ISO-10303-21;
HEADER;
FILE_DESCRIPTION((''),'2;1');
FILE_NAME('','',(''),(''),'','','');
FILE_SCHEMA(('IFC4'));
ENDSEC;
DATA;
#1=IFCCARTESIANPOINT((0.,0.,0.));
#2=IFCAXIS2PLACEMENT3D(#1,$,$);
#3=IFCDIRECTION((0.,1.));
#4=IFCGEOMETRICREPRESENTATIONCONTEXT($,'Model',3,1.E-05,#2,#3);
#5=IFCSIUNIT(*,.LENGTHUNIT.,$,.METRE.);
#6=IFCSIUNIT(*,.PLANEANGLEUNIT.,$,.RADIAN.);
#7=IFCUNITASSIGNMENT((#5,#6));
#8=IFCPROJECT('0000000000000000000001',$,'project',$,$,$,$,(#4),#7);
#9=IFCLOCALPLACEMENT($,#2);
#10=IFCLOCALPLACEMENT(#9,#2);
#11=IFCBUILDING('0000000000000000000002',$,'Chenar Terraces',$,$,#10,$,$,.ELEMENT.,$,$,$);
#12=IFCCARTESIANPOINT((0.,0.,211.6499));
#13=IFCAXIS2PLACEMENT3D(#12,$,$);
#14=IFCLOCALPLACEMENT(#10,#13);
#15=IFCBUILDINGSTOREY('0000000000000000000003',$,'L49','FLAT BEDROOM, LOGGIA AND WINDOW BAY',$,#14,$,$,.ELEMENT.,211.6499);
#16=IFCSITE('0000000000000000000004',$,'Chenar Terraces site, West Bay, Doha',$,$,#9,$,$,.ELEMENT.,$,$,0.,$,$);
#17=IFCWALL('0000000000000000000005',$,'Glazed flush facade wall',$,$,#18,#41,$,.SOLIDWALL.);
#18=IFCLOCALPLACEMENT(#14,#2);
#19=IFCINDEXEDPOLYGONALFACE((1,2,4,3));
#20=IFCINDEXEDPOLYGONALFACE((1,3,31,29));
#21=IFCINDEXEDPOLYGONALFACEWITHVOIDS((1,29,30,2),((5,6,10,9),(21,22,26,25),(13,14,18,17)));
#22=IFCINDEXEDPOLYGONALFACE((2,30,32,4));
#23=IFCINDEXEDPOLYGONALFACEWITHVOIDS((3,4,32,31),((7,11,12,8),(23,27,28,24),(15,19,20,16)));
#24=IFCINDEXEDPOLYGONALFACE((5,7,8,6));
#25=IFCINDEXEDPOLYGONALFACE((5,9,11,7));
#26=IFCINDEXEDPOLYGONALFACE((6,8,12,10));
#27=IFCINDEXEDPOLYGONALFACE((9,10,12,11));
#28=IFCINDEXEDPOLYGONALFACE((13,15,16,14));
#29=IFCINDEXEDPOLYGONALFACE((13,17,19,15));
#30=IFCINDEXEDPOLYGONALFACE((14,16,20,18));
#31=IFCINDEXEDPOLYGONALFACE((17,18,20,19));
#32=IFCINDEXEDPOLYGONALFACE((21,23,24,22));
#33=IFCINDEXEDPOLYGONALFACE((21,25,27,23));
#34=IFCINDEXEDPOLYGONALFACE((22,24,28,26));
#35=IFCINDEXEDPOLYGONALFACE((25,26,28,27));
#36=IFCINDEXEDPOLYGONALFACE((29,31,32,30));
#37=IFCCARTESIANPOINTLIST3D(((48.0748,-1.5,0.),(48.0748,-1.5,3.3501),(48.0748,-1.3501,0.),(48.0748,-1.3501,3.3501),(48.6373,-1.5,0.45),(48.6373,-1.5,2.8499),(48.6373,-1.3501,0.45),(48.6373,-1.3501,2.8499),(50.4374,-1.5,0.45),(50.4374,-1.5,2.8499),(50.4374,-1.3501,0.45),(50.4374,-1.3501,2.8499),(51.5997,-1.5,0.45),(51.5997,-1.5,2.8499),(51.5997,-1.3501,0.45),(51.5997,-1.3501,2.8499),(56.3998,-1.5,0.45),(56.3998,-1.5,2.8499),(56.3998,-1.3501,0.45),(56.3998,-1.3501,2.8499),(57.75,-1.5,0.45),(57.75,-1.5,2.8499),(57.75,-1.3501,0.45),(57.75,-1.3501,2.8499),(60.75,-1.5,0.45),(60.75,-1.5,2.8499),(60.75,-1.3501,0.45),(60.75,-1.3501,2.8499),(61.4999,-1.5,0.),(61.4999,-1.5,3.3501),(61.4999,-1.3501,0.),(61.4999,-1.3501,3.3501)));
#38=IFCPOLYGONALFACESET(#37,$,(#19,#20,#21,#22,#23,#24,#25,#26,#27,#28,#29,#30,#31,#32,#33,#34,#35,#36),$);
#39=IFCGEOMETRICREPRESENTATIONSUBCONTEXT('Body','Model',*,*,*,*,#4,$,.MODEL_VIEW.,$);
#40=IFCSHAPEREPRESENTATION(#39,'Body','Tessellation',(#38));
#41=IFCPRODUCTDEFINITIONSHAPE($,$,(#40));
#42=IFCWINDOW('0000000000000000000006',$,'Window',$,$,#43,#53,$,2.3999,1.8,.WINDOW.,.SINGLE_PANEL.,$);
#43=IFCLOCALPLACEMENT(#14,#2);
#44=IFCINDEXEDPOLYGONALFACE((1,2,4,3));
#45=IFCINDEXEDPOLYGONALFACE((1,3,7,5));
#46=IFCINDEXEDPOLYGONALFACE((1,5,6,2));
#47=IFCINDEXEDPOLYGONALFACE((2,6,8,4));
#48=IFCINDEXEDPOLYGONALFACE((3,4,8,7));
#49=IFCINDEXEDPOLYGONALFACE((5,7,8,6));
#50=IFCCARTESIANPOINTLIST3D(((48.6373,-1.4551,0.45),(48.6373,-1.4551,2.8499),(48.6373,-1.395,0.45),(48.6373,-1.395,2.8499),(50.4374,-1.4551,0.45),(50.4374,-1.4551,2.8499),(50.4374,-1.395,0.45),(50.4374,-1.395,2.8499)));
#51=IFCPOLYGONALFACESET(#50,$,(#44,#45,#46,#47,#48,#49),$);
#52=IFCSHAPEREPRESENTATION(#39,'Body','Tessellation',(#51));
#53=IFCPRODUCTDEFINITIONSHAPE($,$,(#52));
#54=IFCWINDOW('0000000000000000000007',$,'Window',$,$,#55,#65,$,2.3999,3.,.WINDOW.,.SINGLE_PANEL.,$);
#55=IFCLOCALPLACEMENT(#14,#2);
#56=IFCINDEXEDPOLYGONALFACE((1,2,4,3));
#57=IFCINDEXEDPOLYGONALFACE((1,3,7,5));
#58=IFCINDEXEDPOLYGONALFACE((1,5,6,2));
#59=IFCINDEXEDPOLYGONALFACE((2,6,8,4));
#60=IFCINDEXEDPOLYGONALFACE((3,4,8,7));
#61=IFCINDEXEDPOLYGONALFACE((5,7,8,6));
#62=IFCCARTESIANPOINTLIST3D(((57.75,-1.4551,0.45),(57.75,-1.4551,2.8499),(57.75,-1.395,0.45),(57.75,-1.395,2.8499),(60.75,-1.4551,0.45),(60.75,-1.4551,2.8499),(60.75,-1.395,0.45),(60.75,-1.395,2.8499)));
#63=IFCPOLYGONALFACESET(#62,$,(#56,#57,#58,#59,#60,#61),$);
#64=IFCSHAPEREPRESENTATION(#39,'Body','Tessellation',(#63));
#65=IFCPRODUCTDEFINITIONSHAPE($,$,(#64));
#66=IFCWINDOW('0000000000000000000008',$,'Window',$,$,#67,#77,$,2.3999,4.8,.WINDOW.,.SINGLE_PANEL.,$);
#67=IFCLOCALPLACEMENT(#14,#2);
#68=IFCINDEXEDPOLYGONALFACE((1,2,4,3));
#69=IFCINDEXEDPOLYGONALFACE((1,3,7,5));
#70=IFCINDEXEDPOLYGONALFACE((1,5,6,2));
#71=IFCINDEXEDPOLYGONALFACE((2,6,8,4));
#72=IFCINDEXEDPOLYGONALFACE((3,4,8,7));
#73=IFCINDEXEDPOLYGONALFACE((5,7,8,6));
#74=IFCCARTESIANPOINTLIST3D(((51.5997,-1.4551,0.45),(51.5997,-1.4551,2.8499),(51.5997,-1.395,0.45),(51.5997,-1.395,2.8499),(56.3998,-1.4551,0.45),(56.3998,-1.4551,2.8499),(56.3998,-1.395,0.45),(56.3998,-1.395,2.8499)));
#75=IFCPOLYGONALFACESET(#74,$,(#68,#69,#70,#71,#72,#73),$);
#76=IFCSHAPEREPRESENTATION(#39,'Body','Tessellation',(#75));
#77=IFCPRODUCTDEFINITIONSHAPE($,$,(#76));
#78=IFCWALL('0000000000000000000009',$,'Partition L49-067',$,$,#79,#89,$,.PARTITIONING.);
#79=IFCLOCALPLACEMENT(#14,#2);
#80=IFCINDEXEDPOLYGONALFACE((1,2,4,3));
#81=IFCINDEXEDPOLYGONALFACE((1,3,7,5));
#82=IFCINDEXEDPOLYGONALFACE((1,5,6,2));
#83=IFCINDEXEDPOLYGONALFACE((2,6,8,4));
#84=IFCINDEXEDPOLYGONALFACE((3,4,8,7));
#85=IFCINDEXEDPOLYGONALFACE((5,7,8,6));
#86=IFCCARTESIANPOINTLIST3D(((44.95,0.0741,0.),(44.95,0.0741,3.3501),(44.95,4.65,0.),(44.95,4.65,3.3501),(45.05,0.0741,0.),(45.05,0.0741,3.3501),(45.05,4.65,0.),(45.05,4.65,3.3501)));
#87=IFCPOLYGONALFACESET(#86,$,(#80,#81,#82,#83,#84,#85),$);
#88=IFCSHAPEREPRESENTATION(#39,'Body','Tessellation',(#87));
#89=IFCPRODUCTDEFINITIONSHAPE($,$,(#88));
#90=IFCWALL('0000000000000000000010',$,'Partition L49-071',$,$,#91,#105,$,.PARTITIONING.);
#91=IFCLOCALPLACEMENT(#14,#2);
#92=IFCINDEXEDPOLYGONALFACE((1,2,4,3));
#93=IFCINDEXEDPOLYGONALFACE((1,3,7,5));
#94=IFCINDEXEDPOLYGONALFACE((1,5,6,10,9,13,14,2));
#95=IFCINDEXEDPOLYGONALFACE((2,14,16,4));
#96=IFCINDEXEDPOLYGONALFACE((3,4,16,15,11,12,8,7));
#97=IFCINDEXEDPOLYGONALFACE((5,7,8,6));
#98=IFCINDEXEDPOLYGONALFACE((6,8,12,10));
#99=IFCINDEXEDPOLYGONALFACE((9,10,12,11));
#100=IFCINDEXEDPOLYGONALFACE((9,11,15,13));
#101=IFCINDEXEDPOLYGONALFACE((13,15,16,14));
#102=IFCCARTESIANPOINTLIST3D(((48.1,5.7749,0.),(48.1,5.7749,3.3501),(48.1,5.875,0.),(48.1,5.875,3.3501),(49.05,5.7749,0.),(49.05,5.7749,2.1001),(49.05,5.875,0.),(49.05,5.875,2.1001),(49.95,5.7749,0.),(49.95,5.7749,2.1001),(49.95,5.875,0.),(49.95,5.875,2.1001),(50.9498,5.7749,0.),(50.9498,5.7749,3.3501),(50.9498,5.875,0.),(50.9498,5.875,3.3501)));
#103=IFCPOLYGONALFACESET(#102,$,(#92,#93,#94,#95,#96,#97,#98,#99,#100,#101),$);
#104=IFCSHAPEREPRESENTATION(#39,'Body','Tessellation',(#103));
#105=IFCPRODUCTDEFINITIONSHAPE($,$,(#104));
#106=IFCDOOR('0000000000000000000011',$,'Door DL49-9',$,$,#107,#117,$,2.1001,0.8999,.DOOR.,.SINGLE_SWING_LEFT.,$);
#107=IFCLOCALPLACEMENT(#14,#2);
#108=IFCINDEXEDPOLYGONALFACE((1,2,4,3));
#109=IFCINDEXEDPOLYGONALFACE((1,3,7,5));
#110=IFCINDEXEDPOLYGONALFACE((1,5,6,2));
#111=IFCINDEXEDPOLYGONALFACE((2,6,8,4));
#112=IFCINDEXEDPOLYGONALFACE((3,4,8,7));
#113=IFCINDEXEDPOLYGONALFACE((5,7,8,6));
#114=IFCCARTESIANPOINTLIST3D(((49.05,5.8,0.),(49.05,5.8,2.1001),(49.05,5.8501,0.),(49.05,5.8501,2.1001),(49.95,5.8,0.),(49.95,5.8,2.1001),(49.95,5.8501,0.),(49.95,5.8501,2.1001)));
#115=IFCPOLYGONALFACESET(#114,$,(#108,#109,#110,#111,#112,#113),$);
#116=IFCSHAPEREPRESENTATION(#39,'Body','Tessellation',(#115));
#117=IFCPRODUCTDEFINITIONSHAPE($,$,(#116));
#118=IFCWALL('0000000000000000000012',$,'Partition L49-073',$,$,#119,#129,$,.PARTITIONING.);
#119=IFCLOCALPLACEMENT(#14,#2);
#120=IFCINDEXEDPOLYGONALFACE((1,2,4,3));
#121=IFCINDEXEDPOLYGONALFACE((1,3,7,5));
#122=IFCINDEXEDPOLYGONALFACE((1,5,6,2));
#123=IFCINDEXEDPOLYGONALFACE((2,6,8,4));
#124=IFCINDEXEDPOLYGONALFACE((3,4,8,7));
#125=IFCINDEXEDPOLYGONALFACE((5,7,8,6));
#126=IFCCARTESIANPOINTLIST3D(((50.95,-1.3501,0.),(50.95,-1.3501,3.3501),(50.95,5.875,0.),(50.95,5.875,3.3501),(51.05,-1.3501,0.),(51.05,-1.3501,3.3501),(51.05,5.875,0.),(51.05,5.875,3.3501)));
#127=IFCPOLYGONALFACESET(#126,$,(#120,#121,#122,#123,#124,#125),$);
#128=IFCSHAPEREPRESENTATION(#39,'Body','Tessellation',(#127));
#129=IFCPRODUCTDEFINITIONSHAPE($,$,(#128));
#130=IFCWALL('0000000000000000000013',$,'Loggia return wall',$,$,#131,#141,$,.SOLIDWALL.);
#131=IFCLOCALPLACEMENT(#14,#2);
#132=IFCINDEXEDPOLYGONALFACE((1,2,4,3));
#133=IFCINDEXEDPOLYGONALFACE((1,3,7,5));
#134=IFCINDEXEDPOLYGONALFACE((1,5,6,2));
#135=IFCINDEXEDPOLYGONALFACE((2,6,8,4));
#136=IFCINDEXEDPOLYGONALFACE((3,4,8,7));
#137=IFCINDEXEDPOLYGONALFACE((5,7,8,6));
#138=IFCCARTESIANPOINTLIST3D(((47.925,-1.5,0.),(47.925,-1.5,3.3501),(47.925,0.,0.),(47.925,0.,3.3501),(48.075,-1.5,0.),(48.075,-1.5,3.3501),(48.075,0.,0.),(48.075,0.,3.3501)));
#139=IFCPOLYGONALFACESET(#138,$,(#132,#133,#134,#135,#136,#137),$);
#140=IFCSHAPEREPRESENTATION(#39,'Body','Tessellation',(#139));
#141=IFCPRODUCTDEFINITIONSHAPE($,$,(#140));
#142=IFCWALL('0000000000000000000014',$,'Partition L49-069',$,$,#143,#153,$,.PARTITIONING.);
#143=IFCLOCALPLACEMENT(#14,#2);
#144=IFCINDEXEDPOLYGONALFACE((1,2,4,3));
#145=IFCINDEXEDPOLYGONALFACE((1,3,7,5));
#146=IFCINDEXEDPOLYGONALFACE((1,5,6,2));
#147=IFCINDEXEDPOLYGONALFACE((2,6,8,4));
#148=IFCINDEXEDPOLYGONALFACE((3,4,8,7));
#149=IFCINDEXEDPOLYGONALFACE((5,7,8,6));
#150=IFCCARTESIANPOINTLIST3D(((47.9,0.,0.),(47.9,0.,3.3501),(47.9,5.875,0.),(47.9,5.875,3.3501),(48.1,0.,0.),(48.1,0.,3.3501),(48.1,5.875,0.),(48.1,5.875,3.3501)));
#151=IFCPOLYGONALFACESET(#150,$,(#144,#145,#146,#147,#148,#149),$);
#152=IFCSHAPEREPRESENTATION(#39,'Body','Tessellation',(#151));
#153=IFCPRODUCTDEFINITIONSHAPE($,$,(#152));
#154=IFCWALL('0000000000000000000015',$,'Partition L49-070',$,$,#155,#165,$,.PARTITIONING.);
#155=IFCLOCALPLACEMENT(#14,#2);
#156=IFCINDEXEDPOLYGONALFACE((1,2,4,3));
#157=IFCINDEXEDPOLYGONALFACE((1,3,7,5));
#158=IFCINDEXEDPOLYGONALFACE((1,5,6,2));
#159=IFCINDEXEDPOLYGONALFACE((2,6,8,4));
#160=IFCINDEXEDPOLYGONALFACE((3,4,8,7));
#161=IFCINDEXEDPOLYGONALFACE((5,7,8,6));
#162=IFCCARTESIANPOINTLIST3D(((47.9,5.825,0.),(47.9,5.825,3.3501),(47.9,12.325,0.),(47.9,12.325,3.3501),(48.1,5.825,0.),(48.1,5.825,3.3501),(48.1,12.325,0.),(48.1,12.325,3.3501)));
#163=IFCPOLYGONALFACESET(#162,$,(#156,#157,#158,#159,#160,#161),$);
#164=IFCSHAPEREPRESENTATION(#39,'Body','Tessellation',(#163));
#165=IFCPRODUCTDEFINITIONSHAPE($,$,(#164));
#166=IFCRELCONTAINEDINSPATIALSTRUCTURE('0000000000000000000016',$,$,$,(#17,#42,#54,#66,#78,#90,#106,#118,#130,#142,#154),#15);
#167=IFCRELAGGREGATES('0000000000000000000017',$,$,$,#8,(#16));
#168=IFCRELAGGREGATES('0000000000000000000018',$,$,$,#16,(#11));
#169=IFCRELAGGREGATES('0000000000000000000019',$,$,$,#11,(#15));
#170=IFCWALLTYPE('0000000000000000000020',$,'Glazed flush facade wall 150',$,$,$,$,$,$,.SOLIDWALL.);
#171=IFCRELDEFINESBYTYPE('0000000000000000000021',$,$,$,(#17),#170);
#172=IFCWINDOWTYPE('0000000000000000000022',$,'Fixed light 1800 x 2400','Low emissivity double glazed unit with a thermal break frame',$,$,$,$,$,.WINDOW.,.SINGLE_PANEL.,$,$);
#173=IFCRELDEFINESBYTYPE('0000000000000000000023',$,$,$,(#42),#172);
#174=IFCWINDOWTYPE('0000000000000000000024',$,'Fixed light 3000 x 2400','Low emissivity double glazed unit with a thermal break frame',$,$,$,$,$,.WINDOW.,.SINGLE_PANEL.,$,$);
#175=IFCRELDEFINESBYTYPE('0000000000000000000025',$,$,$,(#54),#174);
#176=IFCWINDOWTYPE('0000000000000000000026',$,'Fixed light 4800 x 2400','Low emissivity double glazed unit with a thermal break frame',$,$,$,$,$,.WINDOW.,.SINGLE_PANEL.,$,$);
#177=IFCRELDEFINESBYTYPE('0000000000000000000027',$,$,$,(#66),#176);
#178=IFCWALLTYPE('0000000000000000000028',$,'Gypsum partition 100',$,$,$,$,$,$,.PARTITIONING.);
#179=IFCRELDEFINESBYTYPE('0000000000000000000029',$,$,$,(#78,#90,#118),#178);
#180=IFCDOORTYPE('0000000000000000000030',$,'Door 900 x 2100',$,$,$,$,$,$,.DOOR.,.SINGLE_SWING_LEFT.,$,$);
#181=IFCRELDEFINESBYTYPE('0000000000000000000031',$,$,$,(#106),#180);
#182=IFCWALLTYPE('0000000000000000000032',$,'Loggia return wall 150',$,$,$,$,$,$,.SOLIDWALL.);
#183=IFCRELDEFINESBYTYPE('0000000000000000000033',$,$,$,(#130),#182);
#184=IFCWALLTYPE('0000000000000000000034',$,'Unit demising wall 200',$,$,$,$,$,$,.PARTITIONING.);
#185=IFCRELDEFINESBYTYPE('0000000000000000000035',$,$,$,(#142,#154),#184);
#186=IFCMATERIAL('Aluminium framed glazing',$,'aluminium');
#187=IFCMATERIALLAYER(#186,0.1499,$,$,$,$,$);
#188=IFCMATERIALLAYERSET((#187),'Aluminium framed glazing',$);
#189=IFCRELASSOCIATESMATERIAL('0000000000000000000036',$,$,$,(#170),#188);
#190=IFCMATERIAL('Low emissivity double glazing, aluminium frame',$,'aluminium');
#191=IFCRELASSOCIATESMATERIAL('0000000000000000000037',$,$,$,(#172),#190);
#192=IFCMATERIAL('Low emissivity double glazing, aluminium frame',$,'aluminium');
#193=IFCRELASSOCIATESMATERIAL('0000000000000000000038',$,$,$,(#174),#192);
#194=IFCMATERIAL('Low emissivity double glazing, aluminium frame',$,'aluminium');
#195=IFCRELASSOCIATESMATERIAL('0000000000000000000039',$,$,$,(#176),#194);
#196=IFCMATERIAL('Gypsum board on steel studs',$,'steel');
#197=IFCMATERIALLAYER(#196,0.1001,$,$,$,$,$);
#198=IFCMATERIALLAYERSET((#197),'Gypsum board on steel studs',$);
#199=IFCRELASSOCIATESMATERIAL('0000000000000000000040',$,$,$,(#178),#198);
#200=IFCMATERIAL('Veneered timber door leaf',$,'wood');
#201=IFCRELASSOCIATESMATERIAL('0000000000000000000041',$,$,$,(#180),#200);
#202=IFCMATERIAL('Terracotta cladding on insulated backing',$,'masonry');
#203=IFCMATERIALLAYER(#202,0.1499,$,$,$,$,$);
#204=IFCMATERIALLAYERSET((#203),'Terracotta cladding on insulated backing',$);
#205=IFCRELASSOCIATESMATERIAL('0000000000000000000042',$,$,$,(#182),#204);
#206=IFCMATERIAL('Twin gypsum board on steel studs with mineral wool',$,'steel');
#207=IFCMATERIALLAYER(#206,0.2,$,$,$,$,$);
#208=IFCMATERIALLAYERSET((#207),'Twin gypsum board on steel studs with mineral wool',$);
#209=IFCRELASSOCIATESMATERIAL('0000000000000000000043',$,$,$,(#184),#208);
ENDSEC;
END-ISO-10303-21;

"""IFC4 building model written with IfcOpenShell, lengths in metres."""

from ifc_helpers import new_model, si_unit, direction, frame, frame_2d, origin, place, context, subcontext, project, spatial, rectangle, extrude, material, layer, layer_set, type_object, element, fill, save


model = new_model("IFC4")

# Units and contexts
model_context = context("Model", 3, precision=1e-05, world=origin(), true_north=direction((0.0, 1.0)))
body_context = subcontext(model_context, "Body", "Model", "MODEL_VIEW")
ifc_project = project(units=[si_unit("LENGTHUNIT", "METRE"), si_unit("PLANEANGLEUNIT", "RADIAN")], contexts=[model_context])

# Site, building, storey
site_placement = place(None, origin())
site = spatial("IfcSite", under=ifc_project, at=site_placement, Name="Chenar Terraces site, West Bay, Doha", CompositionType="ELEMENT", RefElevation=0.0)
building_placement = place(site_placement, origin())
building = spatial("IfcBuilding", under=site, at=building_placement, Name="Chenar Terraces", CompositionType="ELEMENT")
storey_placement = place(building_placement, frame((0.0, 0.0, 211.6499)))
storey = spatial("IfcBuildingStorey", under=building, at=storey_placement, Name="L49", Description="FLAT BEDROOM, LOGGIA AND WINDOW BAY", CompositionType="ELEMENT", Elevation=211.6499)

# Wall, openings, windows
ifc_material_1 = material(Name="Aluminium framed glazing", Category="aluminium")
ifc_layer_1 = layer(ifc_material_1, 0.1499)
ifc_layer_set_1 = layer_set([ifc_layer_1], Name="Aluminium framed glazing")
wall_type_1 = type_object("IfcWallType", Name="Glazed flush facade wall 150", PredefinedType="SOLIDWALL", material=ifc_layer_set_1)
wall_1_placement = place(storey_placement, frame((48.075, -1.425, 0.0), z_axis=(0.0, 0.0, 1.0), x_axis=(1.0, 0.0, 0.0)))
wall_1 = element("IfcWall", 1, at=wall_1_placement, inside=storey, type_object=wall_type_1, Name="Glazed flush facade wall", PredefinedType="SOLIDWALL", context=body_context, shape_type="SweptSolid", body=[
    extrude(rectangle(XDim=13.425, YDim=0.1499, at=frame_2d((6.7124, 0.0))), origin(), (0.0, 0.0, 1.0), 3.3501),
])
opening_1_placement = place(wall_1_placement, frame((0.5625, 0.0, 0.45)))
opening_1 = element("IfcOpeningElement", 2, at=opening_1_placement, cuts=wall_1, PredefinedType="OPENING", context=body_context, shape_type="SweptSolid", body=[
    extrude(rectangle(XDim=1.8, YDim=2.3999, at=frame_2d((0.8999, 1.2))), frame((0.0, 0.085, 0.0), z_axis=(0.0, -1.0, 0.0), x_axis=(1.0, 0.0, 0.0)), (0.0, 0.0, 1.0), 0.1699),
])
opening_2_placement = place(wall_1_placement, frame((3.5249, 0.0, 0.45)))
opening_2 = element("IfcOpeningElement", 3, at=opening_2_placement, cuts=wall_1, PredefinedType="OPENING", context=body_context, shape_type="SweptSolid", body=[
    extrude(rectangle(XDim=4.8, YDim=2.3999, at=frame_2d((2.3999, 1.2))), frame((0.0, 0.085, 0.0), z_axis=(0.0, -1.0, 0.0), x_axis=(1.0, 0.0, 0.0)), (0.0, 0.0, 1.0), 0.1699),
])
opening_3_placement = place(wall_1_placement, frame((9.675, 0.0, 0.45)))
opening_3 = element("IfcOpeningElement", 4, at=opening_3_placement, cuts=wall_1, PredefinedType="OPENING", context=body_context, shape_type="SweptSolid", body=[
    extrude(rectangle(XDim=3.0, YDim=2.3999, at=frame_2d((1.5, 1.2))), frame((0.0, 0.085, 0.0), z_axis=(0.0, -1.0, 0.0), x_axis=(1.0, 0.0, 0.0)), (0.0, 0.0, 1.0), 0.1699),
])
ifc_material_2 = material(Name="Low emissivity double glazing, aluminium frame", Category="aluminium")
window_type_1 = type_object("IfcWindowType", Name="Fixed light 1800 x 2400", Description="Low emissivity double glazed unit with a thermal break frame", PartitioningType="SINGLE_PANEL", PredefinedType="WINDOW", material=ifc_material_2)
window_1_placement = place(opening_1_placement, origin())
window_1 = element("IfcWindow", 5, at=window_1_placement, inside=storey, type_object=window_type_1, Name="Window", OverallHeight=2.3999, OverallWidth=1.8, PartitioningType="SINGLE_PANEL", PredefinedType="WINDOW", context=body_context, shape_type="SweptSolid", body=[
    extrude(rectangle(XDim=1.8, YDim=2.3999, at=frame_2d((0.8999, 1.2))), frame((0.0, 0.03, 0.0), z_axis=(0.0, -1.0, 0.0), x_axis=(1.0, 0.0, 0.0)), (0.0, 0.0, 1.0), 0.0601),
])
fill(opening_1, window_1)
ifc_material_3 = material(Name="Low emissivity double glazing, aluminium frame", Category="aluminium")
window_type_2 = type_object("IfcWindowType", Name="Fixed light 3000 x 2400", Description="Low emissivity double glazed unit with a thermal break frame", PartitioningType="SINGLE_PANEL", PredefinedType="WINDOW", material=ifc_material_3)
window_2_placement = place(opening_3_placement, origin())
window_2 = element("IfcWindow", 6, at=window_2_placement, inside=storey, type_object=window_type_2, Name="Window", OverallHeight=2.3999, OverallWidth=3.0, PartitioningType="SINGLE_PANEL", PredefinedType="WINDOW", context=body_context, shape_type="SweptSolid", body=[
    extrude(rectangle(XDim=3.0, YDim=2.3999, at=frame_2d((1.5, 1.2))), frame((0.0, 0.03, 0.0), z_axis=(0.0, -1.0, 0.0), x_axis=(1.0, 0.0, 0.0)), (0.0, 0.0, 1.0), 0.0601),
])
fill(opening_3, window_2)
ifc_material_4 = material(Name="Low emissivity double glazing, aluminium frame", Category="aluminium")
window_type_3 = type_object("IfcWindowType", Name="Fixed light 4800 x 2400", Description="Low emissivity double glazed unit with a thermal break frame", PartitioningType="SINGLE_PANEL", PredefinedType="WINDOW", material=ifc_material_4)
window_3_placement = place(opening_2_placement, origin())
window_3 = element("IfcWindow", 7, at=window_3_placement, inside=storey, type_object=window_type_3, Name="Window", OverallHeight=2.3999, OverallWidth=4.8, PartitioningType="SINGLE_PANEL", PredefinedType="WINDOW", context=body_context, shape_type="SweptSolid", body=[
    extrude(rectangle(XDim=4.8, YDim=2.3999, at=frame_2d((2.3999, 1.2))), frame((0.0, 0.03, 0.0), z_axis=(0.0, -1.0, 0.0), x_axis=(1.0, 0.0, 0.0)), (0.0, 0.0, 1.0), 0.0601),
])
fill(opening_2, window_3)

# Wall
ifc_material_5 = material(Name="Gypsum board on steel studs", Category="steel")
ifc_layer_2 = layer(ifc_material_5, 0.1001)
ifc_layer_set_2 = layer_set([ifc_layer_2], Name="Gypsum board on steel studs")
wall_type_2 = type_object("IfcWallType", Name="Gypsum partition 100", PredefinedType="PARTITIONING", material=ifc_layer_set_2)
wall_2_placement = place(storey_placement, frame((45.0, 0.074, 0.0), z_axis=(0.0, 0.0, 1.0), x_axis=(0.0, 1.0, 0.0)))
element("IfcWall", 8, at=wall_2_placement, inside=storey, type_object=wall_type_2, Name="Partition L49-067", PredefinedType="PARTITIONING", context=body_context, shape_type="SweptSolid", body=[
    extrude(rectangle(XDim=4.5759, YDim=0.1001, at=frame_2d((2.2881, 0.0))), origin(), (0.0, 0.0, 1.0), 3.3501),
])

# Wall, opening, door
wall_3_placement = place(storey_placement, frame((48.1001, 5.825, 0.0), z_axis=(0.0, 0.0, 1.0), x_axis=(1.0, 0.0, 0.0)))
wall_3 = element("IfcWall", 9, at=wall_3_placement, inside=storey, type_object=wall_type_2, Name="Partition L49-071", PredefinedType="PARTITIONING", context=body_context, shape_type="SweptSolid", body=[
    extrude(rectangle(XDim=2.8499, YDim=0.1001, at=frame_2d((1.4248, 0.0))), origin(), (0.0, 0.0, 1.0), 3.3501),
])
opening_4_placement = place(wall_3_placement, frame((0.95, 0.0, 0.0)))
opening_4 = element("IfcOpeningElement", 10, at=opening_4_placement, cuts=wall_3, PredefinedType="OPENING", context=body_context, shape_type="SweptSolid", body=[
    extrude(rectangle(XDim=0.8999, YDim=2.1001, at=frame_2d((0.45, 1.05))), frame((0.0, 0.0601, 0.0), z_axis=(0.0, -1.0, 0.0), x_axis=(1.0, 0.0, 0.0)), (0.0, 0.0, 1.0), 0.1201),
])
ifc_material_6 = material(Name="Veneered timber door leaf", Category="wood")
door_type_1 = type_object("IfcDoorType", Name="Door 900 x 2100", OperationType="SINGLE_SWING_LEFT", PredefinedType="DOOR", material=ifc_material_6)
door_1_placement = place(opening_4_placement, frame((0.8999, 0.0, 0.0), z_axis=(0.0, 0.0, 1.0), x_axis=(-1.0, 0.0, 0.0)))
door_1 = element("IfcDoor", 11, at=door_1_placement, inside=storey, type_object=door_type_1, Name="Door DL49-9", OperationType="SINGLE_SWING_LEFT", OverallHeight=2.1001, OverallWidth=0.8999, PredefinedType="DOOR", context=body_context, shape_type="SweptSolid", body=[
    extrude(rectangle(XDim=0.8999, YDim=2.1001, at=frame_2d((0.45, 1.05))), frame((0.0, 0.0249, 0.0), z_axis=(0.0, -1.0, 0.0), x_axis=(1.0, 0.0, 0.0)), (0.0, 0.0, 1.0), 0.05),
])
fill(opening_4, door_1)

# Walls
wall_4_placement = place(storey_placement, frame((51.0, -1.3501, 0.0), z_axis=(0.0, 0.0, 1.0), x_axis=(0.0, 1.0, 0.0)))
element("IfcWall", 12, at=wall_4_placement, inside=storey, type_object=wall_type_2, Name="Partition L49-073", PredefinedType="PARTITIONING", context=body_context, shape_type="SweptSolid", body=[
    extrude(rectangle(XDim=7.2251, YDim=0.1001, at=frame_2d((3.6125, 0.0))), origin(), (0.0, 0.0, 1.0), 3.3501),
])
ifc_material_7 = material(Name="Terracotta cladding on insulated backing", Category="masonry")
ifc_layer_3 = layer(ifc_material_7, 0.1499)
ifc_layer_set_3 = layer_set([ifc_layer_3], Name="Terracotta cladding on insulated backing")
wall_type_3 = type_object("IfcWallType", Name="Loggia return wall 150", PredefinedType="SOLIDWALL", material=ifc_layer_set_3)
wall_5_placement = place(storey_placement, frame((48.0, -1.5, 0.0), z_axis=(0.0, 0.0, 1.0), x_axis=(0.0, 1.0, 0.0)))
element("IfcWall", 13, at=wall_5_placement, inside=storey, type_object=wall_type_3, Name="Loggia return wall", PredefinedType="SOLIDWALL", context=body_context, shape_type="SweptSolid", body=[
    extrude(rectangle(XDim=1.5, YDim=0.1499, at=frame_2d((0.75, 0.0))), origin(), (0.0, 0.0, 1.0), 3.3501),
])
ifc_material_8 = material(Name="Twin gypsum board on steel studs with mineral wool", Category="steel")
ifc_layer_4 = layer(ifc_material_8, 0.2)
ifc_layer_set_4 = layer_set([ifc_layer_4], Name="Twin gypsum board on steel studs with mineral wool")
wall_type_4 = type_object("IfcWallType", Name="Unit demising wall 200", PredefinedType="PARTITIONING", material=ifc_layer_set_4)
wall_6_placement = place(storey_placement, frame((48.0, 0.0, 0.0), z_axis=(0.0, 0.0, 1.0), x_axis=(0.0, 1.0, 0.0)))
element("IfcWall", 14, at=wall_6_placement, inside=storey, type_object=wall_type_4, Name="Partition L49-069", PredefinedType="PARTITIONING", context=body_context, shape_type="SweptSolid", body=[
    extrude(rectangle(XDim=5.875, YDim=0.2, at=frame_2d((2.9375, 0.0))), origin(), (0.0, 0.0, 1.0), 3.3501),
])
wall_7_placement = place(storey_placement, frame((48.0, 5.825, 0.0), z_axis=(0.0, 0.0, 1.0), x_axis=(0.0, 1.0, 0.0)))
element("IfcWall", 15, at=wall_7_placement, inside=storey, type_object=wall_type_4, Name="Partition L49-070", PredefinedType="PARTITIONING", context=body_context, shape_type="SweptSolid", body=[
    extrude(rectangle(XDim=6.5, YDim=0.2, at=frame_2d((3.25, 0.0))), origin(), (0.0, 0.0, 1.0), 3.3501),
])

save(model, "model.ifc")
